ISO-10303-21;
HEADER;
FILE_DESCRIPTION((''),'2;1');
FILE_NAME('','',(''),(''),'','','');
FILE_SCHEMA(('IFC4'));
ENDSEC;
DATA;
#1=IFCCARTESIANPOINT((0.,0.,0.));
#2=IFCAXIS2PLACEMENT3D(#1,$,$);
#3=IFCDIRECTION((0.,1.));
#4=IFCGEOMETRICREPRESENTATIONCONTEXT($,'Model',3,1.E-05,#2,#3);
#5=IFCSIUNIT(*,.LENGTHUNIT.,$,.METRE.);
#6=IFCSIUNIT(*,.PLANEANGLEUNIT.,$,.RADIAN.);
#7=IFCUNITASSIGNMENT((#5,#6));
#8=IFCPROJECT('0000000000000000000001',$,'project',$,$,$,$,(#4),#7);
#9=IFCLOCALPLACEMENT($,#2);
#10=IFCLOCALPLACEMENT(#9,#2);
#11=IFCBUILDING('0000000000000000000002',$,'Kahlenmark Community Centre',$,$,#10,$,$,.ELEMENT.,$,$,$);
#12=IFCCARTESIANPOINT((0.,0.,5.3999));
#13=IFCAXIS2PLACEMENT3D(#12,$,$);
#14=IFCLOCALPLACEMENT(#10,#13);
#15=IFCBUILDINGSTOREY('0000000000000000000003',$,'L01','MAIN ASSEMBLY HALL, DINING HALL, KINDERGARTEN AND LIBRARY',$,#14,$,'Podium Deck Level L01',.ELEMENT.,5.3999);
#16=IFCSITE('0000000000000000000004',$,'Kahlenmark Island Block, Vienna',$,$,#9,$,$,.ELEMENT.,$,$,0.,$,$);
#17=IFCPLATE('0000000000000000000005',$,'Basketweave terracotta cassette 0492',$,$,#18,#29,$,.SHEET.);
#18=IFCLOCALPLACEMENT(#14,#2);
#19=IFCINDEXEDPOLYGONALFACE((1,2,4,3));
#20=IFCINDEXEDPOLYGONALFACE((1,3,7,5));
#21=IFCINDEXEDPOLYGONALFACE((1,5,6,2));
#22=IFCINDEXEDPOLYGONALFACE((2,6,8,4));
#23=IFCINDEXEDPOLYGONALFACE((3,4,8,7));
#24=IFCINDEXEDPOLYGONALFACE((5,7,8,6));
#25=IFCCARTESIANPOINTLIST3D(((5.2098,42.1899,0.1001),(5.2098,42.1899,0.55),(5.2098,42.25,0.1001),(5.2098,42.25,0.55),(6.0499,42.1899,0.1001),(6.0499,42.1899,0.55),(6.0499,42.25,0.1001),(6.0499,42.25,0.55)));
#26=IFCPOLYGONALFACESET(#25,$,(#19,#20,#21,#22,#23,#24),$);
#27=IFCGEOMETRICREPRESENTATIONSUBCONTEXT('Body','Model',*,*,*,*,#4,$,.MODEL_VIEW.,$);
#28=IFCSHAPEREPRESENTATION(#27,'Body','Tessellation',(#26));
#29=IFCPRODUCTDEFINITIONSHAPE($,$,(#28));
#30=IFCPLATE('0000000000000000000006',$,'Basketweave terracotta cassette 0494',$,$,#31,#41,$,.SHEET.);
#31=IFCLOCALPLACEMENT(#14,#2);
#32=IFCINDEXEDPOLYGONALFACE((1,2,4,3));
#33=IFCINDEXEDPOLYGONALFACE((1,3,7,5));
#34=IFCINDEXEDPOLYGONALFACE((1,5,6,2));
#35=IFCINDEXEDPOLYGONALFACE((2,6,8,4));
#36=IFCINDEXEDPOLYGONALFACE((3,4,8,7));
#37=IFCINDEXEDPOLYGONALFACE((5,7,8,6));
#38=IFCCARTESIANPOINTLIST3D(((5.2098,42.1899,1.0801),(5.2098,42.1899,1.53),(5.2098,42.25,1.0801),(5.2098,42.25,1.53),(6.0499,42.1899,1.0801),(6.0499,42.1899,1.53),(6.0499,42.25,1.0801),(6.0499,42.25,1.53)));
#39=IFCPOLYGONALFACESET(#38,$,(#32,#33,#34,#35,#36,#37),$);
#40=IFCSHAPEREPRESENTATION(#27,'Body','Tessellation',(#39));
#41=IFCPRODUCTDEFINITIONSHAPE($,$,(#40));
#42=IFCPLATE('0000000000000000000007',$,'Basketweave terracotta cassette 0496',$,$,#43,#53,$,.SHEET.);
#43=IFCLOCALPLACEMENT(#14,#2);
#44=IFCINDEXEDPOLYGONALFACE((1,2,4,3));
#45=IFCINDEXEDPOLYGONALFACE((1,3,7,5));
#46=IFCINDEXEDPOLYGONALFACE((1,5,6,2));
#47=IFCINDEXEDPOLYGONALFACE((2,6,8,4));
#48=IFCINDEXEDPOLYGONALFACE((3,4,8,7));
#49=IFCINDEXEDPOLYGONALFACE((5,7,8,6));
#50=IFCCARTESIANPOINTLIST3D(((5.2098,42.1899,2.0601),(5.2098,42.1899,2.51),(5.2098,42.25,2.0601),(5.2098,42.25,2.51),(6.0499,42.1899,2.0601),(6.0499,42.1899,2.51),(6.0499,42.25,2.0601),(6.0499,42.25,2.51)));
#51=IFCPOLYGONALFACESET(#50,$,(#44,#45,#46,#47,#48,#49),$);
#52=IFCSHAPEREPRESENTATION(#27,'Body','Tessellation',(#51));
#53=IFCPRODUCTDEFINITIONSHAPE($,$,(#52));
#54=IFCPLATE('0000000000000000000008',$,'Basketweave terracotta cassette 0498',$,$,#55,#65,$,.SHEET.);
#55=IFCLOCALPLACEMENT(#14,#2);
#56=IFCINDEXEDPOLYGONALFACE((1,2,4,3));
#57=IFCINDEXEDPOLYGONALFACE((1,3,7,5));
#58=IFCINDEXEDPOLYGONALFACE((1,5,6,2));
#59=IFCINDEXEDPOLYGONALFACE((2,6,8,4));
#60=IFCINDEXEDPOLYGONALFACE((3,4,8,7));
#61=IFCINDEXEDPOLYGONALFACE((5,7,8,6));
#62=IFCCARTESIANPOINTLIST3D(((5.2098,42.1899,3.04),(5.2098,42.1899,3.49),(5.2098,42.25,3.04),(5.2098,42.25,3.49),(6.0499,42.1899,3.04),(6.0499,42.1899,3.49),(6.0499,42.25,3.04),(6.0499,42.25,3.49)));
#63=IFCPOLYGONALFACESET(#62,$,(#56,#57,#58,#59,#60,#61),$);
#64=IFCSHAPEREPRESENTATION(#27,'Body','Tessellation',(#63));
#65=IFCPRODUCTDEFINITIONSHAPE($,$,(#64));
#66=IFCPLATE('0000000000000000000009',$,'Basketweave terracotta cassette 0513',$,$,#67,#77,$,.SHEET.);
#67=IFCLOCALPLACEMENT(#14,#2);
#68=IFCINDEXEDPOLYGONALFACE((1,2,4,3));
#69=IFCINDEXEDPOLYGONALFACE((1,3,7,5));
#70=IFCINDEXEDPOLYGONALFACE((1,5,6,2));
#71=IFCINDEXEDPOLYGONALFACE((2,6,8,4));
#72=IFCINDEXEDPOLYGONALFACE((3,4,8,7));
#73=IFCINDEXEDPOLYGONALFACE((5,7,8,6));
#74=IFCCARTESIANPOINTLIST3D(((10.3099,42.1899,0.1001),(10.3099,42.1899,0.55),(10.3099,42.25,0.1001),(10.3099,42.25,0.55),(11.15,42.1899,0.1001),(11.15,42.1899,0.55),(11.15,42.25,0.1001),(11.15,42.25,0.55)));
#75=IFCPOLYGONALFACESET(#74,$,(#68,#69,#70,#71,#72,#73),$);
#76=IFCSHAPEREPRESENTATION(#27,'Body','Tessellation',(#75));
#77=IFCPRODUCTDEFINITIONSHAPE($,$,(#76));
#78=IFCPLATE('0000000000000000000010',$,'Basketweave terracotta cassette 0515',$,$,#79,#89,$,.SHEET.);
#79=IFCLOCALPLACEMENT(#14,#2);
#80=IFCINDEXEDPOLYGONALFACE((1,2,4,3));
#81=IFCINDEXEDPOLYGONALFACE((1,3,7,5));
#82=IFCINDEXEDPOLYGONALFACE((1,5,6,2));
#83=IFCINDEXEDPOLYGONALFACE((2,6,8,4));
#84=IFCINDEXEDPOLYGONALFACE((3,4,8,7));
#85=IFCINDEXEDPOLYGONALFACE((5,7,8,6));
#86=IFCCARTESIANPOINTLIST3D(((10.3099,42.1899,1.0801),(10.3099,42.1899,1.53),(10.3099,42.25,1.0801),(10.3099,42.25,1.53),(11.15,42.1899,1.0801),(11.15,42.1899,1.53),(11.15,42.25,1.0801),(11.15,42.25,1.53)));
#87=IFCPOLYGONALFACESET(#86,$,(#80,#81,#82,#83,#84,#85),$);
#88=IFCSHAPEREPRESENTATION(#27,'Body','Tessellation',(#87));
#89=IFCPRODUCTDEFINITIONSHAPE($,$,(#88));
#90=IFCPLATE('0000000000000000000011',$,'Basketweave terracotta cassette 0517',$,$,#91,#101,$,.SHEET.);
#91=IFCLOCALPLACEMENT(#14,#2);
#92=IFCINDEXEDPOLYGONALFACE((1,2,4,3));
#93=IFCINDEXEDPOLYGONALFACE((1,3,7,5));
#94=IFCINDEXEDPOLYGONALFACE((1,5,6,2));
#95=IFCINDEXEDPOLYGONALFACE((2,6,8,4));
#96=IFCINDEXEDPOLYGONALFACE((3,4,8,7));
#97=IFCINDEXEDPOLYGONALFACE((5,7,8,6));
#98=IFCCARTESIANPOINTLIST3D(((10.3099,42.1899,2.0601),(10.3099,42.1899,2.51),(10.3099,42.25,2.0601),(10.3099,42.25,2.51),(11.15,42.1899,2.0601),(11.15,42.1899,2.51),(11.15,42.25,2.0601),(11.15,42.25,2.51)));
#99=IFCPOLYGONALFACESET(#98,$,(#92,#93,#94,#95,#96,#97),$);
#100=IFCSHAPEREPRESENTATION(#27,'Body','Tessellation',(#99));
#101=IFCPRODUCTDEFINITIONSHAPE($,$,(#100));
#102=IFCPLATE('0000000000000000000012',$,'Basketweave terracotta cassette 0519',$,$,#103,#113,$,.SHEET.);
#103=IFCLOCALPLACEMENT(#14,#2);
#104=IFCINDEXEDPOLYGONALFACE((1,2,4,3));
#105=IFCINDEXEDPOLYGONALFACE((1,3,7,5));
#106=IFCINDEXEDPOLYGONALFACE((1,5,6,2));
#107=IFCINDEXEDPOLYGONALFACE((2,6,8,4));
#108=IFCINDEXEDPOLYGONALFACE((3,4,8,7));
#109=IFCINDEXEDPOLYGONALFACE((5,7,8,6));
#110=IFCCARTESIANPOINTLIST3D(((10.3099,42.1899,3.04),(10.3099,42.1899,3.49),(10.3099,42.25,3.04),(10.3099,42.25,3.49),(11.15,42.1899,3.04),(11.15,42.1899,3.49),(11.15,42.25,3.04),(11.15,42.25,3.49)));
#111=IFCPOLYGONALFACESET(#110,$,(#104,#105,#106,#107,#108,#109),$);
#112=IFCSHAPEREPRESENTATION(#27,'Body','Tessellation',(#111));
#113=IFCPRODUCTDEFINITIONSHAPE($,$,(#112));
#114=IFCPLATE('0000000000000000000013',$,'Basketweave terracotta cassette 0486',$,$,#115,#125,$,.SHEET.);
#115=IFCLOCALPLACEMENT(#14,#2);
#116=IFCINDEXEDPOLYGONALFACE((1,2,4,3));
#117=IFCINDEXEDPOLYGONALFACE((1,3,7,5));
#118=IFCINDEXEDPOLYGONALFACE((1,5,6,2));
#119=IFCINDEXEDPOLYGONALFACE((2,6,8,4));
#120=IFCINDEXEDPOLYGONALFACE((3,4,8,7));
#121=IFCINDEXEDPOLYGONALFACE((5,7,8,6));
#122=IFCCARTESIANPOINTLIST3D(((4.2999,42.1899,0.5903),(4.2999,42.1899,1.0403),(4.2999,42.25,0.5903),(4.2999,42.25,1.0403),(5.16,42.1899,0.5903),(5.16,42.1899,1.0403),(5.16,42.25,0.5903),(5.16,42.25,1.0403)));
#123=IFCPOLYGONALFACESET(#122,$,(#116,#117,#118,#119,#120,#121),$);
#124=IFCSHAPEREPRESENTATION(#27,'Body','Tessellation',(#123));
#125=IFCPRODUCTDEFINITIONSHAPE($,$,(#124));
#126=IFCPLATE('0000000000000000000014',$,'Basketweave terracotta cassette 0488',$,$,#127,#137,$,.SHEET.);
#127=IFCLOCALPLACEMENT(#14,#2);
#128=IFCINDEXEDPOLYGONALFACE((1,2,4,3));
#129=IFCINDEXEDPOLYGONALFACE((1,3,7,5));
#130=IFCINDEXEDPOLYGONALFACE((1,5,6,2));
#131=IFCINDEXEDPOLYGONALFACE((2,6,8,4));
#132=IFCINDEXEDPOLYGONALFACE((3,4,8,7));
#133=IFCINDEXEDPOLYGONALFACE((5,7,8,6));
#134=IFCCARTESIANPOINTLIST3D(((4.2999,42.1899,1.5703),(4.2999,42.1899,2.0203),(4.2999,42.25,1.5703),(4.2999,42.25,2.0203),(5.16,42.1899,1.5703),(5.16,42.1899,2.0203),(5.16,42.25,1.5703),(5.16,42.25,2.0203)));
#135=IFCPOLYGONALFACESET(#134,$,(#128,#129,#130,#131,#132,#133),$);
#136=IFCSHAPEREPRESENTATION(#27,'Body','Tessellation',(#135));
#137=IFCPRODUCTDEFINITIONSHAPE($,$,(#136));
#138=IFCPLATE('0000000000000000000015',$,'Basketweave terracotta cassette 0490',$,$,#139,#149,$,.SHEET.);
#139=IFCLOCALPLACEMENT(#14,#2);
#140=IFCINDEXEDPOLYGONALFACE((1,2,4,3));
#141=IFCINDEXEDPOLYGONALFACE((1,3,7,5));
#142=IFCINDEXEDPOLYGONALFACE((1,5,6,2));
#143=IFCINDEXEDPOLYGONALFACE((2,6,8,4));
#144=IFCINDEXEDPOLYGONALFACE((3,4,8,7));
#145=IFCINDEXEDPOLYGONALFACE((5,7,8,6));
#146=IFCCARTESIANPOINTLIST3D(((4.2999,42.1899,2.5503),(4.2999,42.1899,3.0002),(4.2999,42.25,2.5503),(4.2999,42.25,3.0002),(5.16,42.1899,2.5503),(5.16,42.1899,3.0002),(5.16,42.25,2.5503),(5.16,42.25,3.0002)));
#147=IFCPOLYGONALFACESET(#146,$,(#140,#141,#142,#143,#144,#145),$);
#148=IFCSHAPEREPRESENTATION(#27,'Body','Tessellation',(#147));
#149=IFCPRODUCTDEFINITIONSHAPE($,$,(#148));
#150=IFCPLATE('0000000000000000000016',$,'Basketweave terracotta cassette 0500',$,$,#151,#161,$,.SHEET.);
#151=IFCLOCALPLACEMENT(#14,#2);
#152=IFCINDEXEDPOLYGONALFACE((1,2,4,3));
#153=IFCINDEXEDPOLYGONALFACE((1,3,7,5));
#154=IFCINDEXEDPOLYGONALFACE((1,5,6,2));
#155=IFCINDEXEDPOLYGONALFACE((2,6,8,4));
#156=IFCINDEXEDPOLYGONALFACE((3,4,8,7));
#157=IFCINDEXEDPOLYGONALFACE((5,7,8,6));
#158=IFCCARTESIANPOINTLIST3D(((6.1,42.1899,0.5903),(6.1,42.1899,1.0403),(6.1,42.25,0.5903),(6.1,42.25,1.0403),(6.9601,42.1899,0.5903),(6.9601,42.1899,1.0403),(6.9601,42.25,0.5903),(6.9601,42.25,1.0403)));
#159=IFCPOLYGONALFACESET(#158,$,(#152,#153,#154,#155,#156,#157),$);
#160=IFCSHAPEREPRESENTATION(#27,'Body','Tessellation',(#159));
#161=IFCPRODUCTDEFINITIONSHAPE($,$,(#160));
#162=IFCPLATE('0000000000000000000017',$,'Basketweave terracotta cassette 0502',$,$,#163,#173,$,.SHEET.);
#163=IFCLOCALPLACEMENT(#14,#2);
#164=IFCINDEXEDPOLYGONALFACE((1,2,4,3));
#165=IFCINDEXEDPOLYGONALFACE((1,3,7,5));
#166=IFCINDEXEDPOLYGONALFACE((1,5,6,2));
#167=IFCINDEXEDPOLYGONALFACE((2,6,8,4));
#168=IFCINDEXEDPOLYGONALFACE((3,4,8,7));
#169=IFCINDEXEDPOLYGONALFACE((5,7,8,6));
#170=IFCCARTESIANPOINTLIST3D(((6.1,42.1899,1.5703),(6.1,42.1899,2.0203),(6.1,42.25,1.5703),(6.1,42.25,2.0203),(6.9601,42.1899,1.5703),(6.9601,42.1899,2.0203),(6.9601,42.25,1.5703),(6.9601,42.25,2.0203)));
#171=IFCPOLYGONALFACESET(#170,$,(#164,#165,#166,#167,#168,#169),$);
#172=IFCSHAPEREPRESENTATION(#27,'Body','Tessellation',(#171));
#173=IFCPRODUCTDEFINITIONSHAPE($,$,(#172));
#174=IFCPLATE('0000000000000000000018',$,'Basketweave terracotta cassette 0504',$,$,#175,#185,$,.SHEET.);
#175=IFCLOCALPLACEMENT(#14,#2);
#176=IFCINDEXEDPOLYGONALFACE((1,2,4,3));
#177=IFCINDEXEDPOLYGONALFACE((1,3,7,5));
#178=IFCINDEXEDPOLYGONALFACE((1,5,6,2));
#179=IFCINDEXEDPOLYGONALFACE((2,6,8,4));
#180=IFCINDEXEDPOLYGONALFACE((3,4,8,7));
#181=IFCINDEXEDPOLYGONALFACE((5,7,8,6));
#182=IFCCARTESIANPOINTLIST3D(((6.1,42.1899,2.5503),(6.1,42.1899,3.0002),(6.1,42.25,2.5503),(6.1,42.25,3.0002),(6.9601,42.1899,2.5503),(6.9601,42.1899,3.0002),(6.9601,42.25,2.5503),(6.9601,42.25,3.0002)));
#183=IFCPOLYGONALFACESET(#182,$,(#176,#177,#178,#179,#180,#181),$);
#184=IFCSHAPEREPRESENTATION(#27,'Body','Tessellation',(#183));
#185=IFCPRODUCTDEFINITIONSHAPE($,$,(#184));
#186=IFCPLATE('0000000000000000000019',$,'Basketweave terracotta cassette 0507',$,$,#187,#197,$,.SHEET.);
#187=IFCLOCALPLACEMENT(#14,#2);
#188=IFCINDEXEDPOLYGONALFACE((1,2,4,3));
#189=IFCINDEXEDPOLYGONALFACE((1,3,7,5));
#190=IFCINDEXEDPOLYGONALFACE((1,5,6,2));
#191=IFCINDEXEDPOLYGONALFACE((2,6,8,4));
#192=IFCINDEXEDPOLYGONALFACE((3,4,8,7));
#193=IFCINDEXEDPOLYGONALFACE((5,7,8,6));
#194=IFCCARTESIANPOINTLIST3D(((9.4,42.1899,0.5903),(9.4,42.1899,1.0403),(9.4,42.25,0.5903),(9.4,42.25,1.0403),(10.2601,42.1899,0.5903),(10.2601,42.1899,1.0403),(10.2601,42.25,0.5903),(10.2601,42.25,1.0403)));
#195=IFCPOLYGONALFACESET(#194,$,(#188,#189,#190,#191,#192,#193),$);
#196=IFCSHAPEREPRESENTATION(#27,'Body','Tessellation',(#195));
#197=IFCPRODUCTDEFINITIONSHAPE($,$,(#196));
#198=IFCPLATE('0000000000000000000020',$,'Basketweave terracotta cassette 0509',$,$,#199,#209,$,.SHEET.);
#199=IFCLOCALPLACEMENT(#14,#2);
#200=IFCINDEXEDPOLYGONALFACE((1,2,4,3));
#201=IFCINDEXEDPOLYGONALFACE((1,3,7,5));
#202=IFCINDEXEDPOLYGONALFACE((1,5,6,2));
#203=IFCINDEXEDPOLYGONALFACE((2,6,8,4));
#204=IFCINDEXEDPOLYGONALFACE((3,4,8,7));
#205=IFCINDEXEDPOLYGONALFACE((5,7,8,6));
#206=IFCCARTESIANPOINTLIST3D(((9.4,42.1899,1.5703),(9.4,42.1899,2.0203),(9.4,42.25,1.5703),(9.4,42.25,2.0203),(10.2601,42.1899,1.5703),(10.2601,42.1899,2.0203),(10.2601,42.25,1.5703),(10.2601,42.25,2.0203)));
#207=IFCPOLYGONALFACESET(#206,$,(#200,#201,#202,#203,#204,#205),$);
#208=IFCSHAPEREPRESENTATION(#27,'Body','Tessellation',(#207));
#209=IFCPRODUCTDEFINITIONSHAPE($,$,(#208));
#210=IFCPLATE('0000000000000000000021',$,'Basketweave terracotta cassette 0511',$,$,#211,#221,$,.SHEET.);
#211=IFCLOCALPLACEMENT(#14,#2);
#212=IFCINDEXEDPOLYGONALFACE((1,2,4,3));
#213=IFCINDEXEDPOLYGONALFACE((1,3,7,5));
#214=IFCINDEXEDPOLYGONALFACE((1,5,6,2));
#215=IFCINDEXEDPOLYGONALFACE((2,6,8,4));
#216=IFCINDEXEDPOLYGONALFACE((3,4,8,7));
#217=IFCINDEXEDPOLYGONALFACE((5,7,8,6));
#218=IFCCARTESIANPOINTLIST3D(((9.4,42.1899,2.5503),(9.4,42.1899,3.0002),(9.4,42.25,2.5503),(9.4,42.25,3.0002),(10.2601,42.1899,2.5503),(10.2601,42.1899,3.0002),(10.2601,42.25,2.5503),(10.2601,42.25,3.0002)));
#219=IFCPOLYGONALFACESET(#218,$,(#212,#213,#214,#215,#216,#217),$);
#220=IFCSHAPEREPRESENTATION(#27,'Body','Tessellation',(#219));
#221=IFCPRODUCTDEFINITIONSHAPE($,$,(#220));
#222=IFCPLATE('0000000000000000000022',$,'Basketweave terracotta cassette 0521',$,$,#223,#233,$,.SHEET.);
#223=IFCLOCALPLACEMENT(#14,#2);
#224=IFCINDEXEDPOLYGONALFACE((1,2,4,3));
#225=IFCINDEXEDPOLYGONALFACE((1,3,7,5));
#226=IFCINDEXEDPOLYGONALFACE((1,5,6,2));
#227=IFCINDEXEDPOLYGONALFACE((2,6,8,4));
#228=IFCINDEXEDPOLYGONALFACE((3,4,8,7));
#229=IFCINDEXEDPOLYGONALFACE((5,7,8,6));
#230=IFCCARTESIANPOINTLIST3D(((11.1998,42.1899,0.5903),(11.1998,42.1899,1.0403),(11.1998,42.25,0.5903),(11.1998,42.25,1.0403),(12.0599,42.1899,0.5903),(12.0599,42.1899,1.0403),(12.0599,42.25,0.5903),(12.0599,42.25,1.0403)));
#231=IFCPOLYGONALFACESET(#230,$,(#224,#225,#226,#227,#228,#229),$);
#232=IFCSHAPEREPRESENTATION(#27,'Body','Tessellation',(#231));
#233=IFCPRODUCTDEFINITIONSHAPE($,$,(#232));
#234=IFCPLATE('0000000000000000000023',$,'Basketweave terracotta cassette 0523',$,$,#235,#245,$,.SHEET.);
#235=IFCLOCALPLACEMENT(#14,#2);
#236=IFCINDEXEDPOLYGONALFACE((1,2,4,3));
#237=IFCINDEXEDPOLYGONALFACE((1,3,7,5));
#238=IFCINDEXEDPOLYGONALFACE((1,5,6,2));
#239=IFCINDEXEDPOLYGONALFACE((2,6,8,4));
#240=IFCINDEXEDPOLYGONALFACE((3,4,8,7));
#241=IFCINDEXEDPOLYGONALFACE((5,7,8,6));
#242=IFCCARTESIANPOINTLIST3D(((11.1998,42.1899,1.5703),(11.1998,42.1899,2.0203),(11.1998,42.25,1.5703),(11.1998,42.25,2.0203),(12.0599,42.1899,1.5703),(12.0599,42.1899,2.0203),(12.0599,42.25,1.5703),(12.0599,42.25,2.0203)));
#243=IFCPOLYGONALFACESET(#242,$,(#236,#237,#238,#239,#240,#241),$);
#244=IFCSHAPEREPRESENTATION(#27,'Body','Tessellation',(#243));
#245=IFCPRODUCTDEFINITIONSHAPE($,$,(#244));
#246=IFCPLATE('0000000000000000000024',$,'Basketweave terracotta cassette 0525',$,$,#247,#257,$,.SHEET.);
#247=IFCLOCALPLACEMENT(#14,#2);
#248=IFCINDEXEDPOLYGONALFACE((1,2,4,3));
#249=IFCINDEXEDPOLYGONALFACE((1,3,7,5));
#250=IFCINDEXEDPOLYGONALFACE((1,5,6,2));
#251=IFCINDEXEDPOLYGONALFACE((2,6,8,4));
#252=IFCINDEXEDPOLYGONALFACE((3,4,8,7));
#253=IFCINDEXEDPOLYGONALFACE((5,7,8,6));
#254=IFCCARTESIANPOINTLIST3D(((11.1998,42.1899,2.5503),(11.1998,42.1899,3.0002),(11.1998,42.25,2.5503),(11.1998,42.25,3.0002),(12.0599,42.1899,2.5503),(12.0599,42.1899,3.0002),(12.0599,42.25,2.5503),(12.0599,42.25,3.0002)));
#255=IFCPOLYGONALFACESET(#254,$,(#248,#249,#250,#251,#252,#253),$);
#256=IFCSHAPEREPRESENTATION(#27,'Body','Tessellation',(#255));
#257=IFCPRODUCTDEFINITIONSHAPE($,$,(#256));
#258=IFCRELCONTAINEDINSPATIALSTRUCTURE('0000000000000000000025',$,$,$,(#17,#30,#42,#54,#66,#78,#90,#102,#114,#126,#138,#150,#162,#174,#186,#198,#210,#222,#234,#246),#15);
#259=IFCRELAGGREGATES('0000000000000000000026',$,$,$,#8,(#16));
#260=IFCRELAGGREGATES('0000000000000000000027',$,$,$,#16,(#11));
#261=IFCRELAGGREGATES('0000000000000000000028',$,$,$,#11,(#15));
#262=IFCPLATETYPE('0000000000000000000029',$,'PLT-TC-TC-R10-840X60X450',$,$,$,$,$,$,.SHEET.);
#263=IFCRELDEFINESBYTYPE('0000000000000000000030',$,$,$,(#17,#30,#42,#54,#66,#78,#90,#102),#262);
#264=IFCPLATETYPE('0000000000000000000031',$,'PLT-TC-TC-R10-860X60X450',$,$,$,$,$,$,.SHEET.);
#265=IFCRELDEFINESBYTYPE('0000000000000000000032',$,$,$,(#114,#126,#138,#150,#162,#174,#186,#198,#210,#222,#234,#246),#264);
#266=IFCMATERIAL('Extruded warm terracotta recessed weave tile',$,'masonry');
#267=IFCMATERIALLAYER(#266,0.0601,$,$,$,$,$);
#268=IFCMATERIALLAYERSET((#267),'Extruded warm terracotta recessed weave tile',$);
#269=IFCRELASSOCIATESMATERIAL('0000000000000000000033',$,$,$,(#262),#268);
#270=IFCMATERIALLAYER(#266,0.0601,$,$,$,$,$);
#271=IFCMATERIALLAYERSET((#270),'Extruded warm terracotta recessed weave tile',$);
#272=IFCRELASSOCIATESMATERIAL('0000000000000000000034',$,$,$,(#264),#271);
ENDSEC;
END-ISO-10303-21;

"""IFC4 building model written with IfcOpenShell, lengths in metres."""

from ifc_helpers import new_model, si_unit, direction, frame, origin, origin_2d, place, context, subcontext, project, spatial, rectangle, extrude, material, layer, layer_set, type_object, element, save


model = new_model("IFC4")

# Units and contexts
model_context = context("Model", 3, precision=1e-05, world=origin(), true_north=direction((0.0, 1.0)))
body_context = subcontext(model_context, "Body", "Model", "MODEL_VIEW")
ifc_project = project(units=[si_unit("LENGTHUNIT", "METRE"), si_unit("PLANEANGLEUNIT", "RADIAN")], contexts=[model_context])

# Site, building, storey
site_placement = place(None, origin())
site = spatial("IfcSite", under=ifc_project, at=site_placement, Name="Kahlenmark Island Block, Vienna", CompositionType="ELEMENT", RefElevation=0.0)
building_placement = place(site_placement, origin())
building = spatial("IfcBuilding", under=site, at=building_placement, Name="Kahlenmark Community Centre", CompositionType="ELEMENT")
storey_placement = place(building_placement, frame((0.0, 0.0, 5.3999)))
storey = spatial("IfcBuildingStorey", under=building, at=storey_placement, Name="L01", Description="MAIN ASSEMBLY HALL, DINING HALL, KINDERGARTEN AND LIBRARY", LongName="Podium Deck Level L01", CompositionType="ELEMENT", Elevation=5.3999)

# Plates
ifc_material = material(Name="Extruded warm terracotta recessed weave tile", Category="masonry")
ifc_layer_1 = layer(ifc_material, 0.0601)
ifc_layer_set_1 = layer_set([ifc_layer_1], Name="Extruded warm terracotta recessed weave tile")
plate_type_1 = type_object("IfcPlateType", Name="PLT-TC-TC-R10-840X60X450", PredefinedType="SHEET", material=ifc_layer_set_1)
for number, where, z_axis, x_axis, name in (
    (1, (5.6299, 42.22, 0.1001), (0.0, 0.0, 1.0), (1.0, 0.0, 0.0), "Basketweave terracotta cassette 0492"),
    (2, (5.6299, 42.22, 1.0801), (0.0, 0.0, 1.0), (1.0, 0.0, 0.0), "Basketweave terracotta cassette 0494"),
    (3, (5.6299, 42.22, 2.0601), (0.0, 0.0, 1.0), (1.0, 0.0, 0.0), "Basketweave terracotta cassette 0496"),
    (4, (5.6299, 42.22, 3.04), (0.0, 0.0, 1.0), (1.0, 0.0, 0.0), "Basketweave terracotta cassette 0498"),
    (5, (10.73, 42.22, 0.1001), (0.0, 0.0, 1.0), (1.0, 0.0, 0.0), "Basketweave terracotta cassette 0513"),
    (6, (10.73, 42.22, 1.0801), (0.0, 0.0, 1.0), (1.0, 0.0, 0.0), "Basketweave terracotta cassette 0515"),
    (7, (10.73, 42.22, 2.0601), (0.0, 0.0, 1.0), (1.0, 0.0, 0.0), "Basketweave terracotta cassette 0517"),
    (8, (10.73, 42.22, 3.04), (0.0, 0.0, 1.0), (1.0, 0.0, 0.0), "Basketweave terracotta cassette 0519"),
):
    element("IfcPlate", number, at=place(storey_placement, frame(where, z_axis=z_axis, x_axis=x_axis)), inside=storey, type_object=plate_type_1, Name=name, PredefinedType="SHEET", context=body_context, shape_type="SweptSolid", body=[
        extrude(rectangle(XDim=0.8401, YDim=0.0601, at=origin_2d()), origin(), (0.0, 0.0, 1.0), 0.45),
    ])
ifc_layer_2 = layer(ifc_material, 0.0601)
ifc_layer_set_2 = layer_set([ifc_layer_2], Name="Extruded warm terracotta recessed weave tile")
plate_type_2 = type_object("IfcPlateType", Name="PLT-TC-TC-R10-860X60X450", PredefinedType="SHEET", material=ifc_layer_set_2)
for number, where, z_axis, x_axis, name in (
    (9, (4.73, 42.22, 0.5903), (0.0, 0.0, 1.0), (1.0, 0.0, 0.0), "Basketweave terracotta cassette 0486"),
    (10, (4.73, 42.22, 1.5703), (0.0, 0.0, 1.0), (1.0, 0.0, 0.0), "Basketweave terracotta cassette 0488"),
    (11, (4.73, 42.22, 2.5503), (0.0, 0.0, 1.0), (1.0, 0.0, 0.0), "Basketweave terracotta cassette 0490"),
    (12, (6.53, 42.22, 0.5903), (0.0, 0.0, 1.0), (1.0, 0.0, 0.0), "Basketweave terracotta cassette 0500"),
    (13, (6.53, 42.22, 1.5703), (0.0, 0.0, 1.0), (1.0, 0.0, 0.0), "Basketweave terracotta cassette 0502"),
    (14, (6.53, 42.22, 2.5503), (0.0, 0.0, 1.0), (1.0, 0.0, 0.0), "Basketweave terracotta cassette 0504"),
    (15, (9.8301, 42.22, 0.5903), (0.0, 0.0, 1.0), (1.0, 0.0, 0.0), "Basketweave terracotta cassette 0507"),
    (16, (9.8301, 42.22, 1.5703), (0.0, 0.0, 1.0), (1.0, 0.0, 0.0), "Basketweave terracotta cassette 0509"),
    (17, (9.8301, 42.22, 2.5503), (0.0, 0.0, 1.0), (1.0, 0.0, 0.0), "Basketweave terracotta cassette 0511"),
    (18, (11.6299, 42.22, 0.5903), (0.0, 0.0, 1.0), (1.0, 0.0, 0.0), "Basketweave terracotta cassette 0521"),
    (19, (11.6299, 42.22, 1.5703), (0.0, 0.0, 1.0), (1.0, 0.0, 0.0), "Basketweave terracotta cassette 0523"),
    (20, (11.6299, 42.22, 2.5503), (0.0, 0.0, 1.0), (1.0, 0.0, 0.0), "Basketweave terracotta cassette 0525"),
):
    element("IfcPlate", number, at=place(storey_placement, frame(where, z_axis=z_axis, x_axis=x_axis)), inside=storey, type_object=plate_type_2, Name=name, PredefinedType="SHEET", context=body_context, shape_type="SweptSolid", body=[
        extrude(rectangle(XDim=0.8601, YDim=0.0601, at=origin_2d()), origin(), (0.0, 0.0, 1.0), 0.45),
    ])

save(model, "model.ifc")
